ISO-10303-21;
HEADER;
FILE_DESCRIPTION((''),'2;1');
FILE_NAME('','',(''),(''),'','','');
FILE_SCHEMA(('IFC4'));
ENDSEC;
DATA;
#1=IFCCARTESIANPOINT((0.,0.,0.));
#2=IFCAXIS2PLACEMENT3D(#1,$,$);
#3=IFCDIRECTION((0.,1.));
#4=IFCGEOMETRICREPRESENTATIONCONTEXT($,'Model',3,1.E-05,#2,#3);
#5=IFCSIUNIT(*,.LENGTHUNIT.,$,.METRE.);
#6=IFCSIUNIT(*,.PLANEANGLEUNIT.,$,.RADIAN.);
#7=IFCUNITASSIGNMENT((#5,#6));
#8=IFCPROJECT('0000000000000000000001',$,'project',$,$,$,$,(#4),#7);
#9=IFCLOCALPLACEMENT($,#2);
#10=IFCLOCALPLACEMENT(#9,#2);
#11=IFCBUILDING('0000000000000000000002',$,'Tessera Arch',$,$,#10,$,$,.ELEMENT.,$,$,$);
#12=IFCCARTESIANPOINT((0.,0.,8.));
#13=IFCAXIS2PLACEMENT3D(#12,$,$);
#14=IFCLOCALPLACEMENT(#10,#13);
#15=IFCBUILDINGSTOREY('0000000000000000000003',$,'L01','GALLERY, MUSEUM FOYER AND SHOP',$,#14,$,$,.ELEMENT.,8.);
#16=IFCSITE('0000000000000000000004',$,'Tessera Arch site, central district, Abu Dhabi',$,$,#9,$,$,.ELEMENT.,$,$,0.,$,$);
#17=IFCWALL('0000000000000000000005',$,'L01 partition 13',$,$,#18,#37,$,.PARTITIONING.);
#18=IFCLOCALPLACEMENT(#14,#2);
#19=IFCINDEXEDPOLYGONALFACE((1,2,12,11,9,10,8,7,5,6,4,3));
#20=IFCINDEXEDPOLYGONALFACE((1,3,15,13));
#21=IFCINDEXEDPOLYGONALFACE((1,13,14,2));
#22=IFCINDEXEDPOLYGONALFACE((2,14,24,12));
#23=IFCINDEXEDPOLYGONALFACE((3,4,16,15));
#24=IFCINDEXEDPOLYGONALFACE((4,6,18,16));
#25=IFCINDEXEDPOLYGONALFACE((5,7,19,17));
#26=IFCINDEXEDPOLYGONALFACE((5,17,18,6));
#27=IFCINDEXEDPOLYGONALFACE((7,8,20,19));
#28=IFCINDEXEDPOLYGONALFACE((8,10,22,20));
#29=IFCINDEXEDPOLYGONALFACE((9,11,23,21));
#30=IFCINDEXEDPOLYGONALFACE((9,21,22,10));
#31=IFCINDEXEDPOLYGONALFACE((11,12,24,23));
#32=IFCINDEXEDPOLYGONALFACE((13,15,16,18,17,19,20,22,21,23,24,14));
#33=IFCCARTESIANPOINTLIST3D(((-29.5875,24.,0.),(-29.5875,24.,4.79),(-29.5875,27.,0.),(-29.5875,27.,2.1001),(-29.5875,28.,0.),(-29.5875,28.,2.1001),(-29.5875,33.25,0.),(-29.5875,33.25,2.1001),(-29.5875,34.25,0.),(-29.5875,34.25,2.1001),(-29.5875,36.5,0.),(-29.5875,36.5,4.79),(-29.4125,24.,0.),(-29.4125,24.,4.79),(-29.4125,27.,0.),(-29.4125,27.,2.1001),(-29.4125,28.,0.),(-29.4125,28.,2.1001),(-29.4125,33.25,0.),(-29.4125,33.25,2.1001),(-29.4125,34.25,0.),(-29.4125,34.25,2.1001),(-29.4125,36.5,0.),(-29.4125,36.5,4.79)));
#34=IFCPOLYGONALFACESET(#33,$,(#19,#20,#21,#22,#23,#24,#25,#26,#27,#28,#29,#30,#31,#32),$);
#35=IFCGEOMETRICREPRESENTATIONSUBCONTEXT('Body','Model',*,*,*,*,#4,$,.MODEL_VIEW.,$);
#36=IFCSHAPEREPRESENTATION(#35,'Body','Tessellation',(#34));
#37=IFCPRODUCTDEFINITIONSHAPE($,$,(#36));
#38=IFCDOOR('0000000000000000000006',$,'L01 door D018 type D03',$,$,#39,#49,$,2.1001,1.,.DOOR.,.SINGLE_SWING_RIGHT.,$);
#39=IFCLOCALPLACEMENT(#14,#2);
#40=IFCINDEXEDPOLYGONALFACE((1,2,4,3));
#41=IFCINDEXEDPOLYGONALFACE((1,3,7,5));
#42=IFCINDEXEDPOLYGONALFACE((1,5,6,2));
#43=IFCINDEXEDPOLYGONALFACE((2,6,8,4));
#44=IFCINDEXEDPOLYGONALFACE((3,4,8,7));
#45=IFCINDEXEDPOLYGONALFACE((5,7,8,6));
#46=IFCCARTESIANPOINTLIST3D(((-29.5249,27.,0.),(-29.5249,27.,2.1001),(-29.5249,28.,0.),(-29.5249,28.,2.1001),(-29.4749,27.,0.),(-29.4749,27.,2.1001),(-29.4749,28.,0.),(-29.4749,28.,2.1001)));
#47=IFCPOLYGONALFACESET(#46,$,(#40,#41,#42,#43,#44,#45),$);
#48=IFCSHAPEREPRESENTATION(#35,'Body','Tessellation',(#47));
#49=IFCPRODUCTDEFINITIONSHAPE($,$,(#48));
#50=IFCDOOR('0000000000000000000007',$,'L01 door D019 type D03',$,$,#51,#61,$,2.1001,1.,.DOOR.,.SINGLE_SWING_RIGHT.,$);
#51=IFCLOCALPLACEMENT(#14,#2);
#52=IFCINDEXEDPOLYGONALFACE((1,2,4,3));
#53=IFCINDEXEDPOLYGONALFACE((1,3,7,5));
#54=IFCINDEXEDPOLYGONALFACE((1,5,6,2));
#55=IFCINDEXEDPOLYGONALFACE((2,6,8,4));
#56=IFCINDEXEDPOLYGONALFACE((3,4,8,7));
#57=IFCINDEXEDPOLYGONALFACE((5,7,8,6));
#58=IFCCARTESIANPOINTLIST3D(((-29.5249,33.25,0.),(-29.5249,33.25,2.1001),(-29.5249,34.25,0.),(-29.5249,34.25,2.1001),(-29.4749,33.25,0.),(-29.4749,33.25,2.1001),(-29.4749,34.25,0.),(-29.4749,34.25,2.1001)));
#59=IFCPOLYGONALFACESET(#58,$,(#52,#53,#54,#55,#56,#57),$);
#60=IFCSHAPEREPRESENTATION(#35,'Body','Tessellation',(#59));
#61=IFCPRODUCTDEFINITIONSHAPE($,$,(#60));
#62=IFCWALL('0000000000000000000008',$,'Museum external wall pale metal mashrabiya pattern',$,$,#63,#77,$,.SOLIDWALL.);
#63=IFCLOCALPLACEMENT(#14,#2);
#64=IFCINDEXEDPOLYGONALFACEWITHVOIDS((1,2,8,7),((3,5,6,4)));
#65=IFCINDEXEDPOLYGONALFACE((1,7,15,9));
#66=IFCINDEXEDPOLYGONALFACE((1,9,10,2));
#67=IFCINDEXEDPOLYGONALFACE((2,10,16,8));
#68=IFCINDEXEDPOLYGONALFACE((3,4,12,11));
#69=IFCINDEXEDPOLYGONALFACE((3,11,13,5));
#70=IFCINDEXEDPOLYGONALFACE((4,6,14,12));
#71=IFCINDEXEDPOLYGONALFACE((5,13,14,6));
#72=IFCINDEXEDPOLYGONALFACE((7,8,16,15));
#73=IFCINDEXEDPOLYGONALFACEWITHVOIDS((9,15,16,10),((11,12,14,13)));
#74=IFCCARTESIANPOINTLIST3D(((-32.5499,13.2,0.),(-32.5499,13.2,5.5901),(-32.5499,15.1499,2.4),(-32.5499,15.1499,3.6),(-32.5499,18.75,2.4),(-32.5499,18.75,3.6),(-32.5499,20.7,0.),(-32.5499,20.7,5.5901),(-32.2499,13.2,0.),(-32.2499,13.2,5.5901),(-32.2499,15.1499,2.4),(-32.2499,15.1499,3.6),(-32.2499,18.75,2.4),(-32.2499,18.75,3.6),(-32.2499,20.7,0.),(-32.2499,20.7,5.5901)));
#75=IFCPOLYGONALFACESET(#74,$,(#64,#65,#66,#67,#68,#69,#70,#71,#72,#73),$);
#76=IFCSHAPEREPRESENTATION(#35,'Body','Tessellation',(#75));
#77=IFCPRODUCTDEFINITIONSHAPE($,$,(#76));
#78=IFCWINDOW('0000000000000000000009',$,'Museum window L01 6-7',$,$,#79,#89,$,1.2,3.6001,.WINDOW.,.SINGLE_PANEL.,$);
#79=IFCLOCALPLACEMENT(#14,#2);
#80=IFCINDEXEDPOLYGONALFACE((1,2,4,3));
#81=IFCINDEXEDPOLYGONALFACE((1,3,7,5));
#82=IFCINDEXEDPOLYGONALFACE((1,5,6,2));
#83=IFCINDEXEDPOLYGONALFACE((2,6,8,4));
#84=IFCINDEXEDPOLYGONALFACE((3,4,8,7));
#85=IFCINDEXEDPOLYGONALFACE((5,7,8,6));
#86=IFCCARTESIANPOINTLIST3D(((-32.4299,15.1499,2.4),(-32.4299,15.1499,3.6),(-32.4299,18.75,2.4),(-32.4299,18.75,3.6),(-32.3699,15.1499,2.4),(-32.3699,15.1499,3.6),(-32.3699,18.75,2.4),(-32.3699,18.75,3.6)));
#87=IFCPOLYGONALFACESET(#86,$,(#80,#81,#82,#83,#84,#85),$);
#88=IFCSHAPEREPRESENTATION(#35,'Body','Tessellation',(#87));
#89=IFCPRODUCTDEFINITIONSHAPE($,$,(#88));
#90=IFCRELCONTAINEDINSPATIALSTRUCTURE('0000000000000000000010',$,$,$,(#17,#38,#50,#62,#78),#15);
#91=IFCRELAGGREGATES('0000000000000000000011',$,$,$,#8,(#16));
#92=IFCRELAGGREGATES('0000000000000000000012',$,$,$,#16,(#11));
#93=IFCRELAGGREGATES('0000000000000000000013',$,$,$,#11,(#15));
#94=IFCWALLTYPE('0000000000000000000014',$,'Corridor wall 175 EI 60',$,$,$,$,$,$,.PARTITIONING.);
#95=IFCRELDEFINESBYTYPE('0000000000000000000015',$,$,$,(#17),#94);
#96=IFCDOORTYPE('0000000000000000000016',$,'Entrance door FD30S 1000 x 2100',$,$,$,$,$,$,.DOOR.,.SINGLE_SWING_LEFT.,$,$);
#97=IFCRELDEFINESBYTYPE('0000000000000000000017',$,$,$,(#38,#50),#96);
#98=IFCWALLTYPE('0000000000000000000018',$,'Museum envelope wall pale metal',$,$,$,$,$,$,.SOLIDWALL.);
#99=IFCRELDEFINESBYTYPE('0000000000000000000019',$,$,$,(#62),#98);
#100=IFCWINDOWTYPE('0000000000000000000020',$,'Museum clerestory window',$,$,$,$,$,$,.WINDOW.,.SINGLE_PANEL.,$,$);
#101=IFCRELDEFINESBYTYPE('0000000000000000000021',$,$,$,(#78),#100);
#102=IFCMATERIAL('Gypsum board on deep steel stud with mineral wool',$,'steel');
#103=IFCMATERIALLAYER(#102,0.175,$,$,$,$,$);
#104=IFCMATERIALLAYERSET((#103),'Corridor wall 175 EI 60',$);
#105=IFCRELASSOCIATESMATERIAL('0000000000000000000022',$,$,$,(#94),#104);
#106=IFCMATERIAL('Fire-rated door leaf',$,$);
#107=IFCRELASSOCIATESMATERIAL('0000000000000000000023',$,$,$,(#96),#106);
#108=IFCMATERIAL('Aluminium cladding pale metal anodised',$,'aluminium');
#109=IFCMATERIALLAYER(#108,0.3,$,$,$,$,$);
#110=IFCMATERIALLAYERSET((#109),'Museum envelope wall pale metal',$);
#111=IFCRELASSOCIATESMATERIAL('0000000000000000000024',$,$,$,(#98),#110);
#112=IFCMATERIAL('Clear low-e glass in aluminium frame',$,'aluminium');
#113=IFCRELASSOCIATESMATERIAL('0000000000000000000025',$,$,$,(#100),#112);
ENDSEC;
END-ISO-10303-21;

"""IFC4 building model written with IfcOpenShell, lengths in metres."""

from ifc_helpers import new_model, si_unit, direction, frame, frame_2d, origin, place, context, subcontext, project, spatial, rectangle, extrude, material, layer, layer_set, type_object, element, fill, save


model = new_model("IFC4")

# Units and contexts
model_context = context("Model", 3, precision=1e-05, world=origin(), true_north=direction((0.0, 1.0)))
body_context = subcontext(model_context, "Body", "Model", "MODEL_VIEW")
ifc_project = project(units=[si_unit("LENGTHUNIT", "METRE"), si_unit("PLANEANGLEUNIT", "RADIAN")], contexts=[model_context])

# Site, building, storey
site_placement = place(None, origin())
site = spatial("IfcSite", under=ifc_project, at=site_placement, Name="Tessera Arch site, central district, Abu Dhabi", CompositionType="ELEMENT", RefElevation=0.0)
building_placement = place(site_placement, origin())
building = spatial("IfcBuilding", under=site, at=building_placement, Name="Tessera Arch", CompositionType="ELEMENT")
storey_placement = place(building_placement, frame((0.0, 0.0, 8.0)))
storey = spatial("IfcBuildingStorey", under=building, at=storey_placement, Name="L01", Description="GALLERY, MUSEUM FOYER AND SHOP", CompositionType="ELEMENT", Elevation=8.0)

# Shared definitions
ifc_material_1 = material(Name="Gypsum board on deep steel stud with mineral wool", Category="steel")
ifc_layer_1 = layer(ifc_material_1, 0.175)
ifc_layer_set_1 = layer_set([ifc_layer_1], Name="Corridor wall 175 EI 60")
wall_type_1 = type_object("IfcWallType", Name="Corridor wall 175 EI 60", PredefinedType="PARTITIONING", material=ifc_layer_set_1)

# Wall, openings, doors
wall_1_placement = place(storey_placement, frame((-29.5, 24.0, 0.0), z_axis=(0.0, 0.0, 1.0), x_axis=(0.0, 1.0, 0.0)))
wall_1 = element("IfcWall", 1, at=wall_1_placement, inside=storey, type_object=wall_type_1, Name="L01 partition 13", PredefinedType="PARTITIONING", context=body_context, shape_type="SweptSolid", body=[
    extrude(rectangle(XDim=12.5, YDim=0.175, at=frame_2d((6.25, 0.0))), origin(), (0.0, 0.0, 1.0), 4.79),
])
opening_1_placement = place(wall_1_placement, frame((3.0, 0.0, 0.0)))
opening_1 = element("IfcOpeningElement", 2, at=opening_1_placement, cuts=wall_1, PredefinedType="OPENING", context=body_context, shape_type="SweptSolid", body=[
    extrude(rectangle(XDim=1.0, YDim=2.1001, at=frame_2d((0.5, 1.05))), frame((0.0, 0.0974, 0.0), z_axis=(0.0, -1.0, 0.0), x_axis=(1.0, 0.0, 0.0)), (0.0, 0.0, 1.0), 0.1951),
])
opening_2_placement = place(wall_1_placement, frame((9.25, 0.0, 0.0)))
opening_2 = element("IfcOpeningElement", 3, at=opening_2_placement, cuts=wall_1, PredefinedType="OPENING", context=body_context, shape_type="SweptSolid", body=[
    extrude(rectangle(XDim=1.0, YDim=2.1001, at=frame_2d((0.5, 1.05))), frame((0.0, 0.0974, 0.0), z_axis=(0.0, -1.0, 0.0), x_axis=(1.0, 0.0, 0.0)), (0.0, 0.0, 1.0), 0.1951),
])
ifc_material_2 = material(Name="Fire-rated door leaf")
door_type = type_object("IfcDoorType", Name="Entrance door FD30S 1000 x 2100", OperationType="SINGLE_SWING_LEFT", PredefinedType="DOOR", material=ifc_material_2)
door_1_placement = place(opening_1_placement, origin())
door_1 = element("IfcDoor", 4, at=door_1_placement, inside=storey, type_object=door_type, Name="L01 door D018 type D03", OperationType="SINGLE_SWING_RIGHT", OverallHeight=2.1001, OverallWidth=1.0, PredefinedType="DOOR", context=body_context, shape_type="SweptSolid", body=[
    extrude(rectangle(XDim=1.0, YDim=2.1001, at=frame_2d((0.5, 1.05))), frame((0.0, 0.0249, 0.0), z_axis=(0.0, -1.0, 0.0), x_axis=(1.0, 0.0, 0.0)), (0.0, 0.0, 1.0), 0.05),
])
fill(opening_1, door_1)
door_2_placement = place(opening_2_placement, origin())
door_2 = element("IfcDoor", 5, at=door_2_placement, inside=storey, type_object=door_type, Name="L01 door D019 type D03", OperationType="SINGLE_SWING_RIGHT", OverallHeight=2.1001, OverallWidth=1.0, PredefinedType="DOOR", context=body_context, shape_type="SweptSolid", body=[
    extrude(rectangle(XDim=1.0, YDim=2.1001, at=frame_2d((0.5, 1.05))), frame((0.0, 0.0249, 0.0), z_axis=(0.0, -1.0, 0.0), x_axis=(1.0, 0.0, 0.0)), (0.0, 0.0, 1.0), 0.05),
])
fill(opening_2, door_2)

# Wall, opening, window
ifc_material_3 = material(Name="Aluminium cladding pale metal anodised", Category="aluminium")
ifc_layer_2 = layer(ifc_material_3, 0.3)
ifc_layer_set_2 = layer_set([ifc_layer_2], Name="Museum envelope wall pale metal")
wall_type_2 = type_object("IfcWallType", Name="Museum envelope wall pale metal", PredefinedType="SOLIDWALL", material=ifc_layer_set_2)
wall_2_placement = place(storey_placement, frame((-32.3999, 20.7, 0.0), z_axis=(0.0, 0.0, 1.0), x_axis=(0.0, -1.0, 0.0)))
wall_2 = element("IfcWall", 6, at=wall_2_placement, inside=storey, type_object=wall_type_2, Name="Museum external wall pale metal mashrabiya pattern", PredefinedType="SOLIDWALL", context=body_context, shape_type="SweptSolid", body=[
    extrude(rectangle(XDim=7.5, YDim=0.3, at=frame_2d((3.75, 0.0))), origin(), (0.0, 0.0, 1.0), 5.5901),
])
opening_3_placement = place(wall_2_placement, frame((1.95, 0.0, 2.3999)))
opening_3 = element("IfcOpeningElement", 7, at=opening_3_placement, cuts=wall_2, PredefinedType="OPENING", context=body_context, shape_type="SweptSolid", body=[
    extrude(rectangle(XDim=3.6001, YDim=1.2, at=frame_2d((1.8, 0.6001))), frame((0.0, 0.1599, 0.0), z_axis=(0.0, -1.0, 0.0), x_axis=(1.0, 0.0, 0.0)), (0.0, 0.0, 1.0), 0.3201),
])
ifc_material_4 = material(Name="Clear low-e glass in aluminium frame", Category="aluminium")
window_type = type_object("IfcWindowType", Name="Museum clerestory window", PartitioningType="SINGLE_PANEL", PredefinedType="WINDOW", material=ifc_material_4)
window_placement = place(opening_3_placement, origin())
window = element("IfcWindow", 8, at=window_placement, inside=storey, type_object=window_type, Name="Museum window L01 6-7", OverallHeight=1.2, OverallWidth=3.6001, PartitioningType="SINGLE_PANEL", PredefinedType="WINDOW", context=body_context, shape_type="SweptSolid", body=[
    extrude(rectangle(XDim=3.6001, YDim=1.2, at=frame_2d((1.8, 0.6001))), frame((0.0, 0.03, 0.0), z_axis=(0.0, -1.0, 0.0), x_axis=(1.0, 0.0, 0.0)), (0.0, 0.0, 1.0), 0.0601),
])
fill(opening_3, window)

save(model, "model.ifc")
